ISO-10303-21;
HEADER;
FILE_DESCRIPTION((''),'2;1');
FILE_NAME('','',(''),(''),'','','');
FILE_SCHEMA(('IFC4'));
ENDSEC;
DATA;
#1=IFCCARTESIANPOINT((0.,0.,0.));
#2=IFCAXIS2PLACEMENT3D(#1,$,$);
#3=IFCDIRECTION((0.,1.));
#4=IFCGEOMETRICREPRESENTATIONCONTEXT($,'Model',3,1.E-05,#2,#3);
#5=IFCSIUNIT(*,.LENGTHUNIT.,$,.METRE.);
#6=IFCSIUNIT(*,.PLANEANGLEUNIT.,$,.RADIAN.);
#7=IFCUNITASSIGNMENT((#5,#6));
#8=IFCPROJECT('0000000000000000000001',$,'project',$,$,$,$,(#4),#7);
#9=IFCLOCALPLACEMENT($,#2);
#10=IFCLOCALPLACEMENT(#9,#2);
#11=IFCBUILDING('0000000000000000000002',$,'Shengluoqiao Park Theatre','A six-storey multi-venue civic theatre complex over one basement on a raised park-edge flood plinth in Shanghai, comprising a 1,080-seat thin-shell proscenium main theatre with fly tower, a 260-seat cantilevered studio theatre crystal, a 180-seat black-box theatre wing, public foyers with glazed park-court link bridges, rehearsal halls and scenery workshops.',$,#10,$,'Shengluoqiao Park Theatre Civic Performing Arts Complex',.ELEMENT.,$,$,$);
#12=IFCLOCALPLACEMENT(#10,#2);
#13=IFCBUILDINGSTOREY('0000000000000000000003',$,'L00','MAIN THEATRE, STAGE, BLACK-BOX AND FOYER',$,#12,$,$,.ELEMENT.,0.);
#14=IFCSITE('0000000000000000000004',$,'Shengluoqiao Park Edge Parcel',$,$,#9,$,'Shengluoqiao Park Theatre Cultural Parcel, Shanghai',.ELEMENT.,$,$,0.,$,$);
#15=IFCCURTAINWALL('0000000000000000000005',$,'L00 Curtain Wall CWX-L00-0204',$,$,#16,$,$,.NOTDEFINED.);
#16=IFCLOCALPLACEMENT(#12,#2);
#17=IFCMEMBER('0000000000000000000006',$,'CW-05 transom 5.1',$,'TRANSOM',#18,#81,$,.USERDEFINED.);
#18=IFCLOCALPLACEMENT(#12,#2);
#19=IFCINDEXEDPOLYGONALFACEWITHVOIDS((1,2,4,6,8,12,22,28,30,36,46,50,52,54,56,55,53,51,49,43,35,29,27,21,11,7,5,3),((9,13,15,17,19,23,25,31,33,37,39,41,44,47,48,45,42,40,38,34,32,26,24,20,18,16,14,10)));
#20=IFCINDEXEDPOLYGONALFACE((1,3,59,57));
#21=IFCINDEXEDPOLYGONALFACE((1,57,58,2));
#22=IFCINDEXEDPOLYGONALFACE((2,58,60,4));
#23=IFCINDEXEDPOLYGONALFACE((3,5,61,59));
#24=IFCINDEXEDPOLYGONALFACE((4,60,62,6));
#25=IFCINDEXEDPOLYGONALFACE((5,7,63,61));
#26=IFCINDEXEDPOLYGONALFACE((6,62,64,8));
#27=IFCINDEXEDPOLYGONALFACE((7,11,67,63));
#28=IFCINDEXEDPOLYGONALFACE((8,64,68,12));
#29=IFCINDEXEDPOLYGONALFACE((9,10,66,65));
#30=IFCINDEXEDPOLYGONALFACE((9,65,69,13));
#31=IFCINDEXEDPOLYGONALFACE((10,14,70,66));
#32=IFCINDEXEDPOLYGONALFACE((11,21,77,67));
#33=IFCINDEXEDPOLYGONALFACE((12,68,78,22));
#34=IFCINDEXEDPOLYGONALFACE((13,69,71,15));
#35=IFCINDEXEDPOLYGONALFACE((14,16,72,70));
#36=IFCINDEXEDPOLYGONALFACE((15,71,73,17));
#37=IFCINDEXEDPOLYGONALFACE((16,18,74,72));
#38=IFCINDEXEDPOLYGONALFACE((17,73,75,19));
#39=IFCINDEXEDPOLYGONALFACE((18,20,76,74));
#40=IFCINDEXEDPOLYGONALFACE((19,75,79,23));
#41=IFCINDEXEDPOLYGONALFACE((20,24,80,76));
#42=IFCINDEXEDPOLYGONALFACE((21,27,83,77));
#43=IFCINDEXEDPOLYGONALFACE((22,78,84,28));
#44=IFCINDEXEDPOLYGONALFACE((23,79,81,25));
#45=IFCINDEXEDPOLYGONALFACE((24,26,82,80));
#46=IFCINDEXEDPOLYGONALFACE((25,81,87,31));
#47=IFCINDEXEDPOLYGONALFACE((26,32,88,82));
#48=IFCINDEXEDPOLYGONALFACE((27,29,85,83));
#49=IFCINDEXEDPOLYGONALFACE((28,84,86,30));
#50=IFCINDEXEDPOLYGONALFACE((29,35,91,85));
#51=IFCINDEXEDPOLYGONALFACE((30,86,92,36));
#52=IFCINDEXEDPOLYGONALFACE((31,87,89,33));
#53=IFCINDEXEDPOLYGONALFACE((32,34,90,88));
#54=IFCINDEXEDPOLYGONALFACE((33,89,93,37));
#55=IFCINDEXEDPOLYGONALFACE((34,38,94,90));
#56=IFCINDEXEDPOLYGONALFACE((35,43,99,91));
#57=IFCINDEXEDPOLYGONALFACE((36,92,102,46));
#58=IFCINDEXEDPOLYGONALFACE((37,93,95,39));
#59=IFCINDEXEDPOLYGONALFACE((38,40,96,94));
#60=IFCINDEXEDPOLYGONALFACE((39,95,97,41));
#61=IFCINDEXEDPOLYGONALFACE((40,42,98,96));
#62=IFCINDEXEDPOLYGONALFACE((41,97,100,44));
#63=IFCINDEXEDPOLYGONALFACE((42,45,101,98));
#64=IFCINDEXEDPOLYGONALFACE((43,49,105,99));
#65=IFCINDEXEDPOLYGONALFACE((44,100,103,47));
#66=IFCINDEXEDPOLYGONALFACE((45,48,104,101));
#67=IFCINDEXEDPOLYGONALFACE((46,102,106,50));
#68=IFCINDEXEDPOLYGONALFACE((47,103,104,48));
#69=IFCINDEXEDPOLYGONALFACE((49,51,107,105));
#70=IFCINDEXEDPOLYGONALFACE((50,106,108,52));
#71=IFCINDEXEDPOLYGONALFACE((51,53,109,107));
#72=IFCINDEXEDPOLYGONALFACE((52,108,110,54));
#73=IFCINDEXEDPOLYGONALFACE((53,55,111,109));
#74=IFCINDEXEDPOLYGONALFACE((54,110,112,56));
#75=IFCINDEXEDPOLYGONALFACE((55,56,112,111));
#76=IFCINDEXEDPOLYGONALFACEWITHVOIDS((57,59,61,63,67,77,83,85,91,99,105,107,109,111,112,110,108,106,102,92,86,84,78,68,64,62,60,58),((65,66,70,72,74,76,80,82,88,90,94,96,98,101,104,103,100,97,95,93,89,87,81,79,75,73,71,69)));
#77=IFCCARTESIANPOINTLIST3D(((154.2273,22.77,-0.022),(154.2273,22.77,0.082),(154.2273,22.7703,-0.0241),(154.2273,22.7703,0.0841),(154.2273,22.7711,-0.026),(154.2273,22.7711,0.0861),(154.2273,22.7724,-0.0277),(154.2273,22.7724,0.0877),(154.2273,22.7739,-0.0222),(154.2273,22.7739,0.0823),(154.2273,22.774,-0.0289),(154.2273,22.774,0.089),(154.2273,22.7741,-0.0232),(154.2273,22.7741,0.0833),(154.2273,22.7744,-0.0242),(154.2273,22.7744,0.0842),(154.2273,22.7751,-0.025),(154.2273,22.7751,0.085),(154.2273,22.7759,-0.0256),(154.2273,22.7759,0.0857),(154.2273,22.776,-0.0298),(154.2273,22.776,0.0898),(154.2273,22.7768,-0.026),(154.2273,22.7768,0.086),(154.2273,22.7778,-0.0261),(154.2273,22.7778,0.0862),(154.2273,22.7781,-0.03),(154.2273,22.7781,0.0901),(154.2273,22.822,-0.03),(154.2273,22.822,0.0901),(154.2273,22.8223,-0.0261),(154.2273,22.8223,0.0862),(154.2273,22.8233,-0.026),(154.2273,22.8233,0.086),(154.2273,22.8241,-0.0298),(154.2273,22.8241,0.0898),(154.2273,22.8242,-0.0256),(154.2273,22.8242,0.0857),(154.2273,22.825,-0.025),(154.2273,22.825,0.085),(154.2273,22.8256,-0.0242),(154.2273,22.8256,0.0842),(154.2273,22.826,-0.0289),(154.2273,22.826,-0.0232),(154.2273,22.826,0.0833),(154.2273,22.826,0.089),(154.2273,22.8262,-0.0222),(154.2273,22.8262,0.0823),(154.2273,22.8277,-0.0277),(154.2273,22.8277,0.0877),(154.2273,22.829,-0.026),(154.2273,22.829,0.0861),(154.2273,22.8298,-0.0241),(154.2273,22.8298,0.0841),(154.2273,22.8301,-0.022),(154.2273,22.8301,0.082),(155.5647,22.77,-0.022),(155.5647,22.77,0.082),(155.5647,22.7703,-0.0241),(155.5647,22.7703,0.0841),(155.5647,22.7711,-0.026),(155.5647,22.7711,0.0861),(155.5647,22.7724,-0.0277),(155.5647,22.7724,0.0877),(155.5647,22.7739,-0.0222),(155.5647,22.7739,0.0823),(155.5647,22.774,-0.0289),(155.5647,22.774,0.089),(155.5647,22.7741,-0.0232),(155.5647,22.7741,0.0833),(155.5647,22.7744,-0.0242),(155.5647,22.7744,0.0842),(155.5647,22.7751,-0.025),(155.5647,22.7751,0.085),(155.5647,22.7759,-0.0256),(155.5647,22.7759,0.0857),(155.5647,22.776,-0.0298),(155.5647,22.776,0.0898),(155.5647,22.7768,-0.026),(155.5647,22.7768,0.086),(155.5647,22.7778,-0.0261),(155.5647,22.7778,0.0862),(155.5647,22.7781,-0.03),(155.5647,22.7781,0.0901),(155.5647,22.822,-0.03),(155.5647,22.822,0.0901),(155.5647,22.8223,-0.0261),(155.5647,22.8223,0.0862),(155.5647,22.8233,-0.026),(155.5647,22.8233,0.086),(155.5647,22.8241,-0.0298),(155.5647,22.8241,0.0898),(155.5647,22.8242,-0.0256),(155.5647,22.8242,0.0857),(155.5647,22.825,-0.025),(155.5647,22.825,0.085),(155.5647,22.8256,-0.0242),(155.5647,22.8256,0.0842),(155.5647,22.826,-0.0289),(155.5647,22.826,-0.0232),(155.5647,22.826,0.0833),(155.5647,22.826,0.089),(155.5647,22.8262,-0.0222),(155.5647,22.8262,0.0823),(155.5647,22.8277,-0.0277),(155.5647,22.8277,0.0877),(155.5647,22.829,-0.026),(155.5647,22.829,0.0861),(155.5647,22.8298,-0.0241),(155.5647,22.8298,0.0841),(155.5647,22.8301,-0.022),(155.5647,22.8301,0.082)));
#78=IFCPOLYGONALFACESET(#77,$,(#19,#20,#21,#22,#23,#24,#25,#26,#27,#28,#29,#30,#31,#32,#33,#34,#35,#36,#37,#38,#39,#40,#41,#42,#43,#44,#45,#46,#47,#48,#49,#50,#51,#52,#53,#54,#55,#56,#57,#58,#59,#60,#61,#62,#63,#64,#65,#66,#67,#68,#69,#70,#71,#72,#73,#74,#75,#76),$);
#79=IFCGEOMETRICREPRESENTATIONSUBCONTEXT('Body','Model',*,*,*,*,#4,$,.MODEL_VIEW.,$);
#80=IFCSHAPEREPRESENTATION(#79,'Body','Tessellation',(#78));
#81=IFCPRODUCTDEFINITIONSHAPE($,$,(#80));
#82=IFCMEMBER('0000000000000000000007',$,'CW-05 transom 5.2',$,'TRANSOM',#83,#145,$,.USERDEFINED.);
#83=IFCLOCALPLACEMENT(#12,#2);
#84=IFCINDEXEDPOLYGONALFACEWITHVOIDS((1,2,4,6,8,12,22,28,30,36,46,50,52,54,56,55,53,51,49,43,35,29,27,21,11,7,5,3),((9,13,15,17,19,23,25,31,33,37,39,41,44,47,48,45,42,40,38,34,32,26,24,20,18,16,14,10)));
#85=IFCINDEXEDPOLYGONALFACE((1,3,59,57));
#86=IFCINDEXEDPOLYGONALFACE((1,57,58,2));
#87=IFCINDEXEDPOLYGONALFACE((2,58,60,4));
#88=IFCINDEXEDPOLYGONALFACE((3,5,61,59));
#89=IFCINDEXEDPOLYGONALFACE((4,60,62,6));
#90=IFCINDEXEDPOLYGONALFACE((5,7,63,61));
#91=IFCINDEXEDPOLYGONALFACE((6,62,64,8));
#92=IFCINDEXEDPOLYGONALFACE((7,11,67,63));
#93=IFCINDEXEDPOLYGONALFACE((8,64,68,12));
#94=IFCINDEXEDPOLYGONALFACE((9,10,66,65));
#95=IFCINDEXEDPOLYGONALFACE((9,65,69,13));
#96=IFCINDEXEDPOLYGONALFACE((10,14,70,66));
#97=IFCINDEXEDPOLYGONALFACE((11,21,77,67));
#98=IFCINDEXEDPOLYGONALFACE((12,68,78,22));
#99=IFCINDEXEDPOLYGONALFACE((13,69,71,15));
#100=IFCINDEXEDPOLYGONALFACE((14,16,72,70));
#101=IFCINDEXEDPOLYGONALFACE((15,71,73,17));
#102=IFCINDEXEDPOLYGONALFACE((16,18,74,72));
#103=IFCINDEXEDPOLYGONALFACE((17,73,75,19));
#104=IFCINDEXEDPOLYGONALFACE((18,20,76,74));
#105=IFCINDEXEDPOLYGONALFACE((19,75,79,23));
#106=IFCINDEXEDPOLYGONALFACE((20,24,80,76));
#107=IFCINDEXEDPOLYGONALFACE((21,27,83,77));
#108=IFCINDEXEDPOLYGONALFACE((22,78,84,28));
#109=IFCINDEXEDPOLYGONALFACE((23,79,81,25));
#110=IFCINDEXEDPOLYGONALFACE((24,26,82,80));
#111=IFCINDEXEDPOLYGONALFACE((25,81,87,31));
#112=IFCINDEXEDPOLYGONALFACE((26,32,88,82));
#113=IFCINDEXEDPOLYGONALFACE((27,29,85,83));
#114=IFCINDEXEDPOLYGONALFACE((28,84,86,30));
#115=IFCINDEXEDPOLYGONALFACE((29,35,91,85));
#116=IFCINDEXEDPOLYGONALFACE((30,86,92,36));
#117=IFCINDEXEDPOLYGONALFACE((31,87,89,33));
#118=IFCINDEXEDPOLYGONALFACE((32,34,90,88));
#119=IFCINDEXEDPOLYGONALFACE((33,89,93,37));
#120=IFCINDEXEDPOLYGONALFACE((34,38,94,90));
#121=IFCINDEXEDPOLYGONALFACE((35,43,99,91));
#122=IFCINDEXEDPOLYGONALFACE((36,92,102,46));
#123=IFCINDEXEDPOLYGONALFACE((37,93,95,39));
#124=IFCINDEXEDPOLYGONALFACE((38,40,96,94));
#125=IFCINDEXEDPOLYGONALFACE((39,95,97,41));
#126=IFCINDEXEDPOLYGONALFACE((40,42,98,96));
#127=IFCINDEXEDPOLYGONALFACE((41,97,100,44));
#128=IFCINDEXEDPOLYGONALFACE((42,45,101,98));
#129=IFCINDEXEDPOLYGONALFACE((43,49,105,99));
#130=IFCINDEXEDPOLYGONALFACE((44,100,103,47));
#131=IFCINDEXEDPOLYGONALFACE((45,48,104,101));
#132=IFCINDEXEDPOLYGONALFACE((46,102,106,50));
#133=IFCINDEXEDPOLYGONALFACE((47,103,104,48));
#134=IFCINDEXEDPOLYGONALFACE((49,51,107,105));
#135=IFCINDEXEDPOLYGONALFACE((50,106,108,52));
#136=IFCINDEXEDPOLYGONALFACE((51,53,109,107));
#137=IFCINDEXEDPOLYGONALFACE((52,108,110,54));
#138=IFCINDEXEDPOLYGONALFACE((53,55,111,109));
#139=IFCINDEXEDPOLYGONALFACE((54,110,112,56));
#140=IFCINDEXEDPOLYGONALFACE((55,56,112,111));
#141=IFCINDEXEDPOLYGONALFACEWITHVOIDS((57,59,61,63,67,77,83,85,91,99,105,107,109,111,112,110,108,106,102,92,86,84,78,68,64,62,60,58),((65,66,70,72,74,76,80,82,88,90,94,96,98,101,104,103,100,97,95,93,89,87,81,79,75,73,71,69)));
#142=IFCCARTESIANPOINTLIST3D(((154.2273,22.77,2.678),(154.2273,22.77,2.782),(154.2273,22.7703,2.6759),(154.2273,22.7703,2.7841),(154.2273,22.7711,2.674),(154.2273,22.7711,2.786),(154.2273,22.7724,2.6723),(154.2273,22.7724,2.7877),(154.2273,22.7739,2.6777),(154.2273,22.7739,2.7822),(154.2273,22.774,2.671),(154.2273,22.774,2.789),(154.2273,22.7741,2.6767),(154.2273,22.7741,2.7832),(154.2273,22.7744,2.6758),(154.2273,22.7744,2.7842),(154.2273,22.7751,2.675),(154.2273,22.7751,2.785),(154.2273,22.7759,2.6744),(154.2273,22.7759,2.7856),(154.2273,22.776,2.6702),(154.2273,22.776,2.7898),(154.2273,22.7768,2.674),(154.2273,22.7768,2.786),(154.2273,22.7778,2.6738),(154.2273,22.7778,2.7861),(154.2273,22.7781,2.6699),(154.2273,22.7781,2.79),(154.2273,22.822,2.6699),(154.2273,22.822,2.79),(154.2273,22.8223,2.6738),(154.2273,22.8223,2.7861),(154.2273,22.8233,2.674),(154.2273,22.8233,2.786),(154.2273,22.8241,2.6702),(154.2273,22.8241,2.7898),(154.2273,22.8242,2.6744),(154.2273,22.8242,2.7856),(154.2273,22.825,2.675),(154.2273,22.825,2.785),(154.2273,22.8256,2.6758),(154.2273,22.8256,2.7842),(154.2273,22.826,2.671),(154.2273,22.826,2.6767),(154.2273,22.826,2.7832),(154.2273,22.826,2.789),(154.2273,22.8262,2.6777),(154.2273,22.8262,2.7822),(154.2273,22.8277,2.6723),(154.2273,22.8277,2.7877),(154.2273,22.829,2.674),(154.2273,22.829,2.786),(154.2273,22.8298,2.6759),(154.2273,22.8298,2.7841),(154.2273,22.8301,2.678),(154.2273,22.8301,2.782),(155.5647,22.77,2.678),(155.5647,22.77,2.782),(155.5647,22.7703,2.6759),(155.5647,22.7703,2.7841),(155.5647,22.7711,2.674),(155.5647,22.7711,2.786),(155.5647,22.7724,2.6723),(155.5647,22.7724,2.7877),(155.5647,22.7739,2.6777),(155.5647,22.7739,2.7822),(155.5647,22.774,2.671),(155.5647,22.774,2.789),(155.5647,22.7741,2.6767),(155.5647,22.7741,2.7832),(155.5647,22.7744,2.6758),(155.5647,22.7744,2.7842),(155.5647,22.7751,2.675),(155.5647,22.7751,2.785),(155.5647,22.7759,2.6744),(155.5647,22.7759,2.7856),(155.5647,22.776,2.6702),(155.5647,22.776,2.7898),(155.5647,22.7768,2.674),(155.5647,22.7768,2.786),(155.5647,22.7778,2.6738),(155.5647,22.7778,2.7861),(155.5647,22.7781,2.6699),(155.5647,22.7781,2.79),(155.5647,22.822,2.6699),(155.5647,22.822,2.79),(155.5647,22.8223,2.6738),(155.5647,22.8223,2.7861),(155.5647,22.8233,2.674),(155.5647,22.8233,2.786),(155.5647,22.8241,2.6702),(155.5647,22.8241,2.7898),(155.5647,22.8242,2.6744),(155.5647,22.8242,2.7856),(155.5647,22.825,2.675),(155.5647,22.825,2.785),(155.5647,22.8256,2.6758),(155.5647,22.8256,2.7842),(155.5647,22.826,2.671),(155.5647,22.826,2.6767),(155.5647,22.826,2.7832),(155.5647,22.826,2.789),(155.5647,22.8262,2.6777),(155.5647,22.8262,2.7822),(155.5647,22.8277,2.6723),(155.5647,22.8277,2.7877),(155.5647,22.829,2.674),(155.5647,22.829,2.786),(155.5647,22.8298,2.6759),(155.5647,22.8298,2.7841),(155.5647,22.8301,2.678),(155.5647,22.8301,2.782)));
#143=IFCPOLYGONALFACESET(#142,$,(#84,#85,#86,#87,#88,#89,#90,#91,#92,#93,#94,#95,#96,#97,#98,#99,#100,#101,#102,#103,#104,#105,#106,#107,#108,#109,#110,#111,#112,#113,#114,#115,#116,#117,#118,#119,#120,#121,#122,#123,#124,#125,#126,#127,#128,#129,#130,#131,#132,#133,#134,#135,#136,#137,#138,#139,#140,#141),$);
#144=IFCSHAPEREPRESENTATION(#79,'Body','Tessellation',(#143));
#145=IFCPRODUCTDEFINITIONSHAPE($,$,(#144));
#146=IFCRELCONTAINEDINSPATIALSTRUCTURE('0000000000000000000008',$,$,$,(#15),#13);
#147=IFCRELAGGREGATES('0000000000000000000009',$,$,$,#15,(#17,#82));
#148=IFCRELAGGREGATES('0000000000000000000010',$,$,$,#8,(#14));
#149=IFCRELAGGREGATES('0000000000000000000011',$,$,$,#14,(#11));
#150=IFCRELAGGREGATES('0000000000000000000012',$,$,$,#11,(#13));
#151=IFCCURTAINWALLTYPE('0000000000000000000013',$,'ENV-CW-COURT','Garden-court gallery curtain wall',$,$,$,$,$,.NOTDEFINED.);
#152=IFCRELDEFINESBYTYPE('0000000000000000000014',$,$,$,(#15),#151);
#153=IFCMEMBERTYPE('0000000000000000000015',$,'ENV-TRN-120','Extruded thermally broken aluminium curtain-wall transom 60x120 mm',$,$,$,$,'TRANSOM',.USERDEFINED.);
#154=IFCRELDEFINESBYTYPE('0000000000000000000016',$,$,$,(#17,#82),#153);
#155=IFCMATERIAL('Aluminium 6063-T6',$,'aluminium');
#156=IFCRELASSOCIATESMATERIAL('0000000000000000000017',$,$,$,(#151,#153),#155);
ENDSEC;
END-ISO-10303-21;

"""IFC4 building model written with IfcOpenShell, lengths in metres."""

from ifc_helpers import new_model, si_unit, direction, frame, origin, origin_2d, place, context, subcontext, project, spatial, hollow_rectangle, extrude, material, material_profile, profile_set, type_object, element, aggregate, save


model = new_model("IFC4")

# Units and contexts
model_context = context("Model", 3, precision=1e-05, world=origin(), true_north=direction((0.0, 1.0)))
body_context = subcontext(model_context, "Body", "Model", "MODEL_VIEW")
ifc_project = project(units=[si_unit("LENGTHUNIT", "METRE"), si_unit("PLANEANGLEUNIT", "RADIAN")], contexts=[model_context])

# Site, building, storey
site_placement = place(None, origin())
site = spatial("IfcSite", under=ifc_project, at=site_placement, Name="Shengluoqiao Park Edge Parcel", LongName="Shengluoqiao Park Theatre Cultural Parcel, Shanghai", CompositionType="ELEMENT", RefElevation=0.0)
building_placement = place(site_placement, origin())
building = spatial("IfcBuilding", under=site, at=building_placement, Name="Shengluoqiao Park Theatre", Description="A six-storey multi-venue civic theatre complex over one basement on a raised park-edge flood plinth in Shanghai, comprising a 1,080-seat thin-shell proscenium main theatre with fly tower, a 260-seat cantilevered studio theatre crystal, a 180-seat black-box theatre wing, public foyers with glazed park-court link bridges, rehearsal halls and scenery workshops.", LongName="Shengluoqiao Park Theatre Civic Performing Arts Complex", CompositionType="ELEMENT")
storey_placement = place(building_placement, origin())
storey = spatial("IfcBuildingStorey", under=building, at=storey_placement, Name="L00", Description="MAIN THEATRE, STAGE, BLACK-BOX AND FOYER", CompositionType="ELEMENT", Elevation=0.0)

# Curtain wall, members
ifc_material_1 = material(Name="Aluminium 6063-T6", Category="aluminium")
curtain_wall_type = type_object("IfcCurtainWallType", Name="ENV-CW-COURT", Description="Garden-court gallery curtain wall", PredefinedType="NOTDEFINED", material=ifc_material_1)
curtain_wall_placement = place(storey_placement, origin())
curtain_wall = element("IfcCurtainWall", 1, at=curtain_wall_placement, inside=storey, type_object=curtain_wall_type, Name="L00 Curtain Wall CWX-L00-0204", PredefinedType="NOTDEFINED")
ifc_material_profile_1 = material_profile(ifc_material_1, hollow_rectangle(XDim=0.0601, YDim=0.1201, WallThickness=0.0039, InnerFilletRadius=0.0039, OuterFilletRadius=0.0081, at=origin_2d()), Name="ALU TRANSOM 120x60x4")
ifc_profile_set_1 = profile_set([ifc_material_profile_1], Name="Aluminium 6063-T6")
member_type_1 = type_object("IfcMemberType", Name="ENV-TRN-120", Description="Extruded thermally broken aluminium curtain-wall transom 60x120 mm", ElementType="TRANSOM", PredefinedType="USERDEFINED", material=ifc_profile_set_1)
member_1_placement = place(storey_placement, frame((154.2273, 22.8, 0.03), z_axis=(1.0, 0.0, 0.0), x_axis=(0.0, 1.0, 0.0)))
member_1 = element("IfcMember", 2, at=member_1_placement, type_object=member_type_1, Name="CW-05 transom 5.1", ObjectType="TRANSOM", PredefinedType="USERDEFINED", context=body_context, shape_type="SweptSolid", body=[
    extrude(hollow_rectangle(XDim=0.0601, YDim=0.1201, WallThickness=0.0039, InnerFilletRadius=0.0039, OuterFilletRadius=0.0081, at=origin_2d()), origin(), (0.0, 0.0, 1.0), 1.3374),
])
member_2_placement = place(storey_placement, frame((154.2273, 22.8, 2.73), z_axis=(1.0, 0.0, 0.0), x_axis=(0.0, 1.0, 0.0)))
member_2 = element("IfcMember", 3, at=member_2_placement, type_object=member_type_1, Name="CW-05 transom 5.2", ObjectType="TRANSOM", PredefinedType="USERDEFINED", context=body_context, shape_type="SweptSolid", body=[
    extrude(hollow_rectangle(XDim=0.0601, YDim=0.1201, WallThickness=0.0039, InnerFilletRadius=0.0039, OuterFilletRadius=0.0081, at=origin_2d()), origin(), (0.0, 0.0, 1.0), 1.3374),
])
aggregate(curtain_wall, [member_1, member_2])

save(model, "model.ifc")
